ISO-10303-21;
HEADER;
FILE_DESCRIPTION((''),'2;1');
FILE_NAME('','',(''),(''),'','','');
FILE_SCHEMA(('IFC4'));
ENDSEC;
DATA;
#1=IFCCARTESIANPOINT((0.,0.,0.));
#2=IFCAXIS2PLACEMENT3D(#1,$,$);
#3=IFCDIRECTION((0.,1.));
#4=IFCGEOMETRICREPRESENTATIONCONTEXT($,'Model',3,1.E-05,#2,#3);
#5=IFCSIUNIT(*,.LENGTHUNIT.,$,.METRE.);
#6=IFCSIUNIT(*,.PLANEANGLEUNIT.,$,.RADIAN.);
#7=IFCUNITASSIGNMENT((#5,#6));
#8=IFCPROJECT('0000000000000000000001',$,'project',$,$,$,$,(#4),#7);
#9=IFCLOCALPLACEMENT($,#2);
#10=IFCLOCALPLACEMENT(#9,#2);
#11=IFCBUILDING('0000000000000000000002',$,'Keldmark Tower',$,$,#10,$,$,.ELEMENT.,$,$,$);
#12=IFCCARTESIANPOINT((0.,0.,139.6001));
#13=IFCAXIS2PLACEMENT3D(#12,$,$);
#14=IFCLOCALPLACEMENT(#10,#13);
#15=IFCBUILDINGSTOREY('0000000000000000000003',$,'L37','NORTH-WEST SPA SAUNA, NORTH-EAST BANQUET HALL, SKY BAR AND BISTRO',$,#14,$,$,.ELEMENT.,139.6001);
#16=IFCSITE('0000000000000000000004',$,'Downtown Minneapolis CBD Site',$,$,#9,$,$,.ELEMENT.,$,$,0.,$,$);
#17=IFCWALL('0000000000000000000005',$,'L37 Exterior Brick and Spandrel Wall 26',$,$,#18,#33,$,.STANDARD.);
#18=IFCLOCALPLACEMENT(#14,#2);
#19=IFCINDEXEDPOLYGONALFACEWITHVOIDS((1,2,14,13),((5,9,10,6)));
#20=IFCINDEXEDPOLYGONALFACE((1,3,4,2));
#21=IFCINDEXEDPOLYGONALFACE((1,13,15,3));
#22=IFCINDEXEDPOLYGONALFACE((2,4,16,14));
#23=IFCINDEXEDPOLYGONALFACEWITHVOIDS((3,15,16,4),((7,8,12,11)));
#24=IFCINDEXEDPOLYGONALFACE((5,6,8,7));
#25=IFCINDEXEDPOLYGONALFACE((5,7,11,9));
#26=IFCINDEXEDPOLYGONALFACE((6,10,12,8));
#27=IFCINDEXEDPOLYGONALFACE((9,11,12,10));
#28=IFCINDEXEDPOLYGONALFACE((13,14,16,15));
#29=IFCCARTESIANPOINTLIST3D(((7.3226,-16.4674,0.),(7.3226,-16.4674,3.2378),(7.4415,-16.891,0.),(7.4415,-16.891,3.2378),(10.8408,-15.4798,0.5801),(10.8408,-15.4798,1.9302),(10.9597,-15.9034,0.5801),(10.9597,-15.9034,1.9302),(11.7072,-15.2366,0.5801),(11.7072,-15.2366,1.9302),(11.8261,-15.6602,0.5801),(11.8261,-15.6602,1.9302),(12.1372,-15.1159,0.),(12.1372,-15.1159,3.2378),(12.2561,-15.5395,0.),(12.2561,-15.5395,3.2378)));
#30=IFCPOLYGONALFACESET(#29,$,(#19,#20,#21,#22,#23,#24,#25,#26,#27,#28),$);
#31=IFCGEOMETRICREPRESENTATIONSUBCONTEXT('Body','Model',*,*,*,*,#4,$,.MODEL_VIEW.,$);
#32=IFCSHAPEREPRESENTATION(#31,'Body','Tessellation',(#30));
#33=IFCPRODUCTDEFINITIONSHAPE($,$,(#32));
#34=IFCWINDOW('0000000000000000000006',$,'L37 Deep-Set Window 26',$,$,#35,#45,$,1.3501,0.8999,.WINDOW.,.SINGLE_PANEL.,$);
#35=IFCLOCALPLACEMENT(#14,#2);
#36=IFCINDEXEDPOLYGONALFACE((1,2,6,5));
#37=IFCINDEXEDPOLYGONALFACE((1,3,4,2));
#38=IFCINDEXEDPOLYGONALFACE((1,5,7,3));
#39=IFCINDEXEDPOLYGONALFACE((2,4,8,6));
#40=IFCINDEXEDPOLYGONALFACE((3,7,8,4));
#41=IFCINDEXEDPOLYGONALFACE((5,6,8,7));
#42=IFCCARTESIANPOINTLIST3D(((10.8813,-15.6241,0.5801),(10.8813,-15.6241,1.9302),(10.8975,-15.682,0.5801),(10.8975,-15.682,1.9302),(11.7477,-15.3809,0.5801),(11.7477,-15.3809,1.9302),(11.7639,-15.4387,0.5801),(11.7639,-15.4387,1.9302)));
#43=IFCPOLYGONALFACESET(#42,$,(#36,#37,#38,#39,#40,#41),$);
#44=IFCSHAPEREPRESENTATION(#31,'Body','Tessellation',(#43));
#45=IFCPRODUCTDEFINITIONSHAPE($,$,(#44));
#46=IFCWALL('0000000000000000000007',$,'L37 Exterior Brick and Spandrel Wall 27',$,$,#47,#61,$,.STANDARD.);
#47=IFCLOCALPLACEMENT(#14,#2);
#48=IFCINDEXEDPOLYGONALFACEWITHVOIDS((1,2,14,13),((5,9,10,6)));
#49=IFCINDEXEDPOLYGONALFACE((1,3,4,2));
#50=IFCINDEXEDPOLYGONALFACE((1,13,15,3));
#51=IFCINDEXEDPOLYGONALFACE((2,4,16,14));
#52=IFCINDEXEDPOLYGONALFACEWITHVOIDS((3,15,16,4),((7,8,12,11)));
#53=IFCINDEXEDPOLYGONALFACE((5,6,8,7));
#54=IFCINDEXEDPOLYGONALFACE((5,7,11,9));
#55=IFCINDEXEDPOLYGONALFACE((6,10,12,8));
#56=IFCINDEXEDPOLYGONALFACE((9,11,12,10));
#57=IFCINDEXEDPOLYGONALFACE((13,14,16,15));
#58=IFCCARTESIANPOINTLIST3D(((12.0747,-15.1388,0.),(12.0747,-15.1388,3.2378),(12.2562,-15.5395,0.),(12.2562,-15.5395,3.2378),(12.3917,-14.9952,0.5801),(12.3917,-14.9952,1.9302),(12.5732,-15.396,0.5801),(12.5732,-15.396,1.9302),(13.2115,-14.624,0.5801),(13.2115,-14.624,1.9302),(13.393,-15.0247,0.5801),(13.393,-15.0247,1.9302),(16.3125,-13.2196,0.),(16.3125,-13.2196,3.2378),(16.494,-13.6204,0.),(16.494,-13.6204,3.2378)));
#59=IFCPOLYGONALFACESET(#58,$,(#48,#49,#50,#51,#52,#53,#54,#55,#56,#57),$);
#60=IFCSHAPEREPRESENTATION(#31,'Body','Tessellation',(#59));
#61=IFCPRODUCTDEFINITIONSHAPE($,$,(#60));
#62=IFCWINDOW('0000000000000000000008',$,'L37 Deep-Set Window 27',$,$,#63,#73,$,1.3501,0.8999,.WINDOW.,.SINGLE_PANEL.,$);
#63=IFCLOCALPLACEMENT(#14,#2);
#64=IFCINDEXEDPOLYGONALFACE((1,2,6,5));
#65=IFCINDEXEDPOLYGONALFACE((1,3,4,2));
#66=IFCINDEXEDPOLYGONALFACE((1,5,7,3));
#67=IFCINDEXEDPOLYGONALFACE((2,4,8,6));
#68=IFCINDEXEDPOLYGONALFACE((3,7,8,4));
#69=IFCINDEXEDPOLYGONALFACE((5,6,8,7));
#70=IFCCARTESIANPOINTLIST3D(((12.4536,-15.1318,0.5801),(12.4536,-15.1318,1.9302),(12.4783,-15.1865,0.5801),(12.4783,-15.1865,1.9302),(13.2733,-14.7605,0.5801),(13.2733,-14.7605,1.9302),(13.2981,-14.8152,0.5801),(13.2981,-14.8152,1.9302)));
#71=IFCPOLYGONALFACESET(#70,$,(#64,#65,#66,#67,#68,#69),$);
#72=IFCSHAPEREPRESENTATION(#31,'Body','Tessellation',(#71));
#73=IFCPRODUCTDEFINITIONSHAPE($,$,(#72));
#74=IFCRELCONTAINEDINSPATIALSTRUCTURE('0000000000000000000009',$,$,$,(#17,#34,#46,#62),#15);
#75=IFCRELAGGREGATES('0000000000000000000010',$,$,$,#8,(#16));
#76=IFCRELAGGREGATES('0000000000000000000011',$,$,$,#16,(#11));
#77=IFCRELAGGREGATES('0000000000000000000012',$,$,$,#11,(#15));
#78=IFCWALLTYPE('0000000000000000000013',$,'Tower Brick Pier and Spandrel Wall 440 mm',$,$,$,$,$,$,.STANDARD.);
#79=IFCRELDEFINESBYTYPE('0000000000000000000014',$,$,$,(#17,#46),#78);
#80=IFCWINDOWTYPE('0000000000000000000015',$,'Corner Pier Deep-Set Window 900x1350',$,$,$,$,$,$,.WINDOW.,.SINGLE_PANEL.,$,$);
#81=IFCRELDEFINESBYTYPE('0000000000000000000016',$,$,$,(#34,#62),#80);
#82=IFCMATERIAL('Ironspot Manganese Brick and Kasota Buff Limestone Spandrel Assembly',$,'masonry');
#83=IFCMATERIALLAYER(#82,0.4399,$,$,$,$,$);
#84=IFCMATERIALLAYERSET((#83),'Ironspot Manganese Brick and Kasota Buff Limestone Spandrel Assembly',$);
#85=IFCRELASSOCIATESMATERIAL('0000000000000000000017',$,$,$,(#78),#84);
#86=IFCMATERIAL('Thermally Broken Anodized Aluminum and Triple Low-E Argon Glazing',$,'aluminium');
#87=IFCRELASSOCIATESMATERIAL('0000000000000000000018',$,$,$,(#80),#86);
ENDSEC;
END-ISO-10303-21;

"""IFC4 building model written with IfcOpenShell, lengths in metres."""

from ifc_helpers import new_model, si_unit, direction, frame, frame_2d, origin, place, context, subcontext, project, spatial, rectangle, extrude, material, layer, layer_set, type_object, element, fill, save


model = new_model("IFC4")

# Units and contexts
model_context = context("Model", 3, precision=1e-05, world=origin(), true_north=direction((0.0, 1.0)))
body_context = subcontext(model_context, "Body", "Model", "MODEL_VIEW")
ifc_project = project(units=[si_unit("LENGTHUNIT", "METRE"), si_unit("PLANEANGLEUNIT", "RADIAN")], contexts=[model_context])

# Site, building, storey
site_placement = place(None, origin())
site = spatial("IfcSite", under=ifc_project, at=site_placement, Name="Downtown Minneapolis CBD Site", CompositionType="ELEMENT", RefElevation=0.0)
building_placement = place(site_placement, origin())
building = spatial("IfcBuilding", under=site, at=building_placement, Name="Keldmark Tower", CompositionType="ELEMENT")
storey_placement = place(building_placement, frame((0.0, 0.0, 139.6001)))
storey = spatial("IfcBuildingStorey", under=building, at=storey_placement, Name="L37", Description="NORTH-WEST SPA SAUNA, NORTH-EAST BANQUET HALL, SKY BAR AND BISTRO", CompositionType="ELEMENT", Elevation=139.6001)

# Walls, openings, windows
ifc_material_1 = material(Name="Ironspot Manganese Brick and Kasota Buff Limestone Spandrel Assembly", Category="masonry")
ifc_layer_1 = layer(ifc_material_1, 0.4399)
ifc_layer_set_1 = layer_set([ifc_layer_1], Name="Ironspot Manganese Brick and Kasota Buff Limestone Spandrel Assembly")
wall_type_1 = type_object("IfcWallType", Name="Tower Brick Pier and Spandrel Wall 440 mm", PredefinedType="STANDARD", material=ifc_layer_set_1)
wall_1_placement = place(storey_placement, frame((12.1968, -15.3276, 0.0), z_axis=(0.0, 0.0, 1.0), x_axis=(-0.962785, -0.270269, 0.0)))
wall_1 = element("IfcWall", 1, at=wall_1_placement, inside=storey, type_object=wall_type_1, Name="L37 Exterior Brick and Spandrel Wall 26", PredefinedType="STANDARD", context=body_context, shape_type="SweptSolid", body=[
    extrude(rectangle(XDim=5.0007, YDim=0.4399, at=frame_2d((2.5005, 0.0))), origin(), (0.0, 0.0, 1.0), 3.2378),
])
opening_1_placement = place(wall_1_placement, frame((0.4468, 0.0, 0.5801)))
opening_1 = element("IfcOpeningElement", 2, at=opening_1_placement, cuts=wall_1, PredefinedType="OPENING", context=body_context, shape_type="SweptSolid", body=[
    extrude(rectangle(XDim=0.8999, YDim=1.3501, at=frame_2d((0.45, 0.675))), frame((0.0, 0.23, 0.0), z_axis=(0.0, -1.0, 0.0), x_axis=(1.0, 0.0, 0.0)), (0.0, 0.0, 1.0), 0.46),
])
ifc_material_2 = material(Name="Thermally Broken Anodized Aluminum and Triple Low-E Argon Glazing", Category="aluminium")
window_type = type_object("IfcWindowType", Name="Corner Pier Deep-Set Window 900x1350", PartitioningType="SINGLE_PANEL", PredefinedType="WINDOW", material=ifc_material_2)
window_1_placement = place(opening_1_placement, origin())
window_1 = element("IfcWindow", 3, at=window_1_placement, inside=storey, type_object=window_type, Name="L37 Deep-Set Window 26", OverallHeight=1.3501, OverallWidth=0.8999, PartitioningType="SINGLE_PANEL", PredefinedType="WINDOW", context=body_context, shape_type="SweptSolid", body=[
    extrude(rectangle(XDim=0.8999, YDim=1.3501, at=frame_2d((0.45, 0.675))), frame((0.0, -0.01, 0.0), z_axis=(0.0, -1.0, 0.0), x_axis=(1.0, 0.0, 0.0)), (0.0, 0.0, 1.0), 0.0601),
])
fill(opening_1, window_1)
wall_2_placement = place(storey_placement, frame((16.4033, -13.4199, 0.0), z_axis=(0.0, 0.0, 1.0), x_axis=(-0.910939, -0.412541, 0.0)))
wall_2 = element("IfcWall", 4, at=wall_2_placement, inside=storey, type_object=wall_type_1, Name="L37 Exterior Brick and Spandrel Wall 27", PredefinedType="STANDARD", context=body_context, shape_type="SweptSolid", body=[
    extrude(rectangle(XDim=4.6521, YDim=0.4399, at=frame_2d((2.3262, 0.0))), origin(), (0.0, 0.0, 1.0), 3.2378),
])
opening_2_placement = place(wall_2_placement, frame((3.4043, 0.0, 0.5801)))
opening_2 = element("IfcOpeningElement", 5, at=opening_2_placement, cuts=wall_2, PredefinedType="OPENING", context=body_context, shape_type="SweptSolid", body=[
    extrude(rectangle(XDim=0.8999, YDim=1.3501, at=frame_2d((0.45, 0.675))), frame((0.0, 0.23, 0.0), z_axis=(0.0, -1.0, 0.0), x_axis=(1.0, 0.0, 0.0)), (0.0, 0.0, 1.0), 0.46),
])
window_2_placement = place(opening_2_placement, origin())
window_2 = element("IfcWindow", 6, at=window_2_placement, inside=storey, type_object=window_type, Name="L37 Deep-Set Window 27", OverallHeight=1.3501, OverallWidth=0.8999, PartitioningType="SINGLE_PANEL", PredefinedType="WINDOW", context=body_context, shape_type="SweptSolid", body=[
    extrude(rectangle(XDim=0.8999, YDim=1.3501, at=frame_2d((0.45, 0.675))), frame((0.0, -0.01, 0.0), z_axis=(0.0, -1.0, 0.0), x_axis=(1.0, 0.0, 0.0)), (0.0, 0.0, 1.0), 0.0601),
])
fill(opening_2, window_2)

save(model, "model.ifc")
